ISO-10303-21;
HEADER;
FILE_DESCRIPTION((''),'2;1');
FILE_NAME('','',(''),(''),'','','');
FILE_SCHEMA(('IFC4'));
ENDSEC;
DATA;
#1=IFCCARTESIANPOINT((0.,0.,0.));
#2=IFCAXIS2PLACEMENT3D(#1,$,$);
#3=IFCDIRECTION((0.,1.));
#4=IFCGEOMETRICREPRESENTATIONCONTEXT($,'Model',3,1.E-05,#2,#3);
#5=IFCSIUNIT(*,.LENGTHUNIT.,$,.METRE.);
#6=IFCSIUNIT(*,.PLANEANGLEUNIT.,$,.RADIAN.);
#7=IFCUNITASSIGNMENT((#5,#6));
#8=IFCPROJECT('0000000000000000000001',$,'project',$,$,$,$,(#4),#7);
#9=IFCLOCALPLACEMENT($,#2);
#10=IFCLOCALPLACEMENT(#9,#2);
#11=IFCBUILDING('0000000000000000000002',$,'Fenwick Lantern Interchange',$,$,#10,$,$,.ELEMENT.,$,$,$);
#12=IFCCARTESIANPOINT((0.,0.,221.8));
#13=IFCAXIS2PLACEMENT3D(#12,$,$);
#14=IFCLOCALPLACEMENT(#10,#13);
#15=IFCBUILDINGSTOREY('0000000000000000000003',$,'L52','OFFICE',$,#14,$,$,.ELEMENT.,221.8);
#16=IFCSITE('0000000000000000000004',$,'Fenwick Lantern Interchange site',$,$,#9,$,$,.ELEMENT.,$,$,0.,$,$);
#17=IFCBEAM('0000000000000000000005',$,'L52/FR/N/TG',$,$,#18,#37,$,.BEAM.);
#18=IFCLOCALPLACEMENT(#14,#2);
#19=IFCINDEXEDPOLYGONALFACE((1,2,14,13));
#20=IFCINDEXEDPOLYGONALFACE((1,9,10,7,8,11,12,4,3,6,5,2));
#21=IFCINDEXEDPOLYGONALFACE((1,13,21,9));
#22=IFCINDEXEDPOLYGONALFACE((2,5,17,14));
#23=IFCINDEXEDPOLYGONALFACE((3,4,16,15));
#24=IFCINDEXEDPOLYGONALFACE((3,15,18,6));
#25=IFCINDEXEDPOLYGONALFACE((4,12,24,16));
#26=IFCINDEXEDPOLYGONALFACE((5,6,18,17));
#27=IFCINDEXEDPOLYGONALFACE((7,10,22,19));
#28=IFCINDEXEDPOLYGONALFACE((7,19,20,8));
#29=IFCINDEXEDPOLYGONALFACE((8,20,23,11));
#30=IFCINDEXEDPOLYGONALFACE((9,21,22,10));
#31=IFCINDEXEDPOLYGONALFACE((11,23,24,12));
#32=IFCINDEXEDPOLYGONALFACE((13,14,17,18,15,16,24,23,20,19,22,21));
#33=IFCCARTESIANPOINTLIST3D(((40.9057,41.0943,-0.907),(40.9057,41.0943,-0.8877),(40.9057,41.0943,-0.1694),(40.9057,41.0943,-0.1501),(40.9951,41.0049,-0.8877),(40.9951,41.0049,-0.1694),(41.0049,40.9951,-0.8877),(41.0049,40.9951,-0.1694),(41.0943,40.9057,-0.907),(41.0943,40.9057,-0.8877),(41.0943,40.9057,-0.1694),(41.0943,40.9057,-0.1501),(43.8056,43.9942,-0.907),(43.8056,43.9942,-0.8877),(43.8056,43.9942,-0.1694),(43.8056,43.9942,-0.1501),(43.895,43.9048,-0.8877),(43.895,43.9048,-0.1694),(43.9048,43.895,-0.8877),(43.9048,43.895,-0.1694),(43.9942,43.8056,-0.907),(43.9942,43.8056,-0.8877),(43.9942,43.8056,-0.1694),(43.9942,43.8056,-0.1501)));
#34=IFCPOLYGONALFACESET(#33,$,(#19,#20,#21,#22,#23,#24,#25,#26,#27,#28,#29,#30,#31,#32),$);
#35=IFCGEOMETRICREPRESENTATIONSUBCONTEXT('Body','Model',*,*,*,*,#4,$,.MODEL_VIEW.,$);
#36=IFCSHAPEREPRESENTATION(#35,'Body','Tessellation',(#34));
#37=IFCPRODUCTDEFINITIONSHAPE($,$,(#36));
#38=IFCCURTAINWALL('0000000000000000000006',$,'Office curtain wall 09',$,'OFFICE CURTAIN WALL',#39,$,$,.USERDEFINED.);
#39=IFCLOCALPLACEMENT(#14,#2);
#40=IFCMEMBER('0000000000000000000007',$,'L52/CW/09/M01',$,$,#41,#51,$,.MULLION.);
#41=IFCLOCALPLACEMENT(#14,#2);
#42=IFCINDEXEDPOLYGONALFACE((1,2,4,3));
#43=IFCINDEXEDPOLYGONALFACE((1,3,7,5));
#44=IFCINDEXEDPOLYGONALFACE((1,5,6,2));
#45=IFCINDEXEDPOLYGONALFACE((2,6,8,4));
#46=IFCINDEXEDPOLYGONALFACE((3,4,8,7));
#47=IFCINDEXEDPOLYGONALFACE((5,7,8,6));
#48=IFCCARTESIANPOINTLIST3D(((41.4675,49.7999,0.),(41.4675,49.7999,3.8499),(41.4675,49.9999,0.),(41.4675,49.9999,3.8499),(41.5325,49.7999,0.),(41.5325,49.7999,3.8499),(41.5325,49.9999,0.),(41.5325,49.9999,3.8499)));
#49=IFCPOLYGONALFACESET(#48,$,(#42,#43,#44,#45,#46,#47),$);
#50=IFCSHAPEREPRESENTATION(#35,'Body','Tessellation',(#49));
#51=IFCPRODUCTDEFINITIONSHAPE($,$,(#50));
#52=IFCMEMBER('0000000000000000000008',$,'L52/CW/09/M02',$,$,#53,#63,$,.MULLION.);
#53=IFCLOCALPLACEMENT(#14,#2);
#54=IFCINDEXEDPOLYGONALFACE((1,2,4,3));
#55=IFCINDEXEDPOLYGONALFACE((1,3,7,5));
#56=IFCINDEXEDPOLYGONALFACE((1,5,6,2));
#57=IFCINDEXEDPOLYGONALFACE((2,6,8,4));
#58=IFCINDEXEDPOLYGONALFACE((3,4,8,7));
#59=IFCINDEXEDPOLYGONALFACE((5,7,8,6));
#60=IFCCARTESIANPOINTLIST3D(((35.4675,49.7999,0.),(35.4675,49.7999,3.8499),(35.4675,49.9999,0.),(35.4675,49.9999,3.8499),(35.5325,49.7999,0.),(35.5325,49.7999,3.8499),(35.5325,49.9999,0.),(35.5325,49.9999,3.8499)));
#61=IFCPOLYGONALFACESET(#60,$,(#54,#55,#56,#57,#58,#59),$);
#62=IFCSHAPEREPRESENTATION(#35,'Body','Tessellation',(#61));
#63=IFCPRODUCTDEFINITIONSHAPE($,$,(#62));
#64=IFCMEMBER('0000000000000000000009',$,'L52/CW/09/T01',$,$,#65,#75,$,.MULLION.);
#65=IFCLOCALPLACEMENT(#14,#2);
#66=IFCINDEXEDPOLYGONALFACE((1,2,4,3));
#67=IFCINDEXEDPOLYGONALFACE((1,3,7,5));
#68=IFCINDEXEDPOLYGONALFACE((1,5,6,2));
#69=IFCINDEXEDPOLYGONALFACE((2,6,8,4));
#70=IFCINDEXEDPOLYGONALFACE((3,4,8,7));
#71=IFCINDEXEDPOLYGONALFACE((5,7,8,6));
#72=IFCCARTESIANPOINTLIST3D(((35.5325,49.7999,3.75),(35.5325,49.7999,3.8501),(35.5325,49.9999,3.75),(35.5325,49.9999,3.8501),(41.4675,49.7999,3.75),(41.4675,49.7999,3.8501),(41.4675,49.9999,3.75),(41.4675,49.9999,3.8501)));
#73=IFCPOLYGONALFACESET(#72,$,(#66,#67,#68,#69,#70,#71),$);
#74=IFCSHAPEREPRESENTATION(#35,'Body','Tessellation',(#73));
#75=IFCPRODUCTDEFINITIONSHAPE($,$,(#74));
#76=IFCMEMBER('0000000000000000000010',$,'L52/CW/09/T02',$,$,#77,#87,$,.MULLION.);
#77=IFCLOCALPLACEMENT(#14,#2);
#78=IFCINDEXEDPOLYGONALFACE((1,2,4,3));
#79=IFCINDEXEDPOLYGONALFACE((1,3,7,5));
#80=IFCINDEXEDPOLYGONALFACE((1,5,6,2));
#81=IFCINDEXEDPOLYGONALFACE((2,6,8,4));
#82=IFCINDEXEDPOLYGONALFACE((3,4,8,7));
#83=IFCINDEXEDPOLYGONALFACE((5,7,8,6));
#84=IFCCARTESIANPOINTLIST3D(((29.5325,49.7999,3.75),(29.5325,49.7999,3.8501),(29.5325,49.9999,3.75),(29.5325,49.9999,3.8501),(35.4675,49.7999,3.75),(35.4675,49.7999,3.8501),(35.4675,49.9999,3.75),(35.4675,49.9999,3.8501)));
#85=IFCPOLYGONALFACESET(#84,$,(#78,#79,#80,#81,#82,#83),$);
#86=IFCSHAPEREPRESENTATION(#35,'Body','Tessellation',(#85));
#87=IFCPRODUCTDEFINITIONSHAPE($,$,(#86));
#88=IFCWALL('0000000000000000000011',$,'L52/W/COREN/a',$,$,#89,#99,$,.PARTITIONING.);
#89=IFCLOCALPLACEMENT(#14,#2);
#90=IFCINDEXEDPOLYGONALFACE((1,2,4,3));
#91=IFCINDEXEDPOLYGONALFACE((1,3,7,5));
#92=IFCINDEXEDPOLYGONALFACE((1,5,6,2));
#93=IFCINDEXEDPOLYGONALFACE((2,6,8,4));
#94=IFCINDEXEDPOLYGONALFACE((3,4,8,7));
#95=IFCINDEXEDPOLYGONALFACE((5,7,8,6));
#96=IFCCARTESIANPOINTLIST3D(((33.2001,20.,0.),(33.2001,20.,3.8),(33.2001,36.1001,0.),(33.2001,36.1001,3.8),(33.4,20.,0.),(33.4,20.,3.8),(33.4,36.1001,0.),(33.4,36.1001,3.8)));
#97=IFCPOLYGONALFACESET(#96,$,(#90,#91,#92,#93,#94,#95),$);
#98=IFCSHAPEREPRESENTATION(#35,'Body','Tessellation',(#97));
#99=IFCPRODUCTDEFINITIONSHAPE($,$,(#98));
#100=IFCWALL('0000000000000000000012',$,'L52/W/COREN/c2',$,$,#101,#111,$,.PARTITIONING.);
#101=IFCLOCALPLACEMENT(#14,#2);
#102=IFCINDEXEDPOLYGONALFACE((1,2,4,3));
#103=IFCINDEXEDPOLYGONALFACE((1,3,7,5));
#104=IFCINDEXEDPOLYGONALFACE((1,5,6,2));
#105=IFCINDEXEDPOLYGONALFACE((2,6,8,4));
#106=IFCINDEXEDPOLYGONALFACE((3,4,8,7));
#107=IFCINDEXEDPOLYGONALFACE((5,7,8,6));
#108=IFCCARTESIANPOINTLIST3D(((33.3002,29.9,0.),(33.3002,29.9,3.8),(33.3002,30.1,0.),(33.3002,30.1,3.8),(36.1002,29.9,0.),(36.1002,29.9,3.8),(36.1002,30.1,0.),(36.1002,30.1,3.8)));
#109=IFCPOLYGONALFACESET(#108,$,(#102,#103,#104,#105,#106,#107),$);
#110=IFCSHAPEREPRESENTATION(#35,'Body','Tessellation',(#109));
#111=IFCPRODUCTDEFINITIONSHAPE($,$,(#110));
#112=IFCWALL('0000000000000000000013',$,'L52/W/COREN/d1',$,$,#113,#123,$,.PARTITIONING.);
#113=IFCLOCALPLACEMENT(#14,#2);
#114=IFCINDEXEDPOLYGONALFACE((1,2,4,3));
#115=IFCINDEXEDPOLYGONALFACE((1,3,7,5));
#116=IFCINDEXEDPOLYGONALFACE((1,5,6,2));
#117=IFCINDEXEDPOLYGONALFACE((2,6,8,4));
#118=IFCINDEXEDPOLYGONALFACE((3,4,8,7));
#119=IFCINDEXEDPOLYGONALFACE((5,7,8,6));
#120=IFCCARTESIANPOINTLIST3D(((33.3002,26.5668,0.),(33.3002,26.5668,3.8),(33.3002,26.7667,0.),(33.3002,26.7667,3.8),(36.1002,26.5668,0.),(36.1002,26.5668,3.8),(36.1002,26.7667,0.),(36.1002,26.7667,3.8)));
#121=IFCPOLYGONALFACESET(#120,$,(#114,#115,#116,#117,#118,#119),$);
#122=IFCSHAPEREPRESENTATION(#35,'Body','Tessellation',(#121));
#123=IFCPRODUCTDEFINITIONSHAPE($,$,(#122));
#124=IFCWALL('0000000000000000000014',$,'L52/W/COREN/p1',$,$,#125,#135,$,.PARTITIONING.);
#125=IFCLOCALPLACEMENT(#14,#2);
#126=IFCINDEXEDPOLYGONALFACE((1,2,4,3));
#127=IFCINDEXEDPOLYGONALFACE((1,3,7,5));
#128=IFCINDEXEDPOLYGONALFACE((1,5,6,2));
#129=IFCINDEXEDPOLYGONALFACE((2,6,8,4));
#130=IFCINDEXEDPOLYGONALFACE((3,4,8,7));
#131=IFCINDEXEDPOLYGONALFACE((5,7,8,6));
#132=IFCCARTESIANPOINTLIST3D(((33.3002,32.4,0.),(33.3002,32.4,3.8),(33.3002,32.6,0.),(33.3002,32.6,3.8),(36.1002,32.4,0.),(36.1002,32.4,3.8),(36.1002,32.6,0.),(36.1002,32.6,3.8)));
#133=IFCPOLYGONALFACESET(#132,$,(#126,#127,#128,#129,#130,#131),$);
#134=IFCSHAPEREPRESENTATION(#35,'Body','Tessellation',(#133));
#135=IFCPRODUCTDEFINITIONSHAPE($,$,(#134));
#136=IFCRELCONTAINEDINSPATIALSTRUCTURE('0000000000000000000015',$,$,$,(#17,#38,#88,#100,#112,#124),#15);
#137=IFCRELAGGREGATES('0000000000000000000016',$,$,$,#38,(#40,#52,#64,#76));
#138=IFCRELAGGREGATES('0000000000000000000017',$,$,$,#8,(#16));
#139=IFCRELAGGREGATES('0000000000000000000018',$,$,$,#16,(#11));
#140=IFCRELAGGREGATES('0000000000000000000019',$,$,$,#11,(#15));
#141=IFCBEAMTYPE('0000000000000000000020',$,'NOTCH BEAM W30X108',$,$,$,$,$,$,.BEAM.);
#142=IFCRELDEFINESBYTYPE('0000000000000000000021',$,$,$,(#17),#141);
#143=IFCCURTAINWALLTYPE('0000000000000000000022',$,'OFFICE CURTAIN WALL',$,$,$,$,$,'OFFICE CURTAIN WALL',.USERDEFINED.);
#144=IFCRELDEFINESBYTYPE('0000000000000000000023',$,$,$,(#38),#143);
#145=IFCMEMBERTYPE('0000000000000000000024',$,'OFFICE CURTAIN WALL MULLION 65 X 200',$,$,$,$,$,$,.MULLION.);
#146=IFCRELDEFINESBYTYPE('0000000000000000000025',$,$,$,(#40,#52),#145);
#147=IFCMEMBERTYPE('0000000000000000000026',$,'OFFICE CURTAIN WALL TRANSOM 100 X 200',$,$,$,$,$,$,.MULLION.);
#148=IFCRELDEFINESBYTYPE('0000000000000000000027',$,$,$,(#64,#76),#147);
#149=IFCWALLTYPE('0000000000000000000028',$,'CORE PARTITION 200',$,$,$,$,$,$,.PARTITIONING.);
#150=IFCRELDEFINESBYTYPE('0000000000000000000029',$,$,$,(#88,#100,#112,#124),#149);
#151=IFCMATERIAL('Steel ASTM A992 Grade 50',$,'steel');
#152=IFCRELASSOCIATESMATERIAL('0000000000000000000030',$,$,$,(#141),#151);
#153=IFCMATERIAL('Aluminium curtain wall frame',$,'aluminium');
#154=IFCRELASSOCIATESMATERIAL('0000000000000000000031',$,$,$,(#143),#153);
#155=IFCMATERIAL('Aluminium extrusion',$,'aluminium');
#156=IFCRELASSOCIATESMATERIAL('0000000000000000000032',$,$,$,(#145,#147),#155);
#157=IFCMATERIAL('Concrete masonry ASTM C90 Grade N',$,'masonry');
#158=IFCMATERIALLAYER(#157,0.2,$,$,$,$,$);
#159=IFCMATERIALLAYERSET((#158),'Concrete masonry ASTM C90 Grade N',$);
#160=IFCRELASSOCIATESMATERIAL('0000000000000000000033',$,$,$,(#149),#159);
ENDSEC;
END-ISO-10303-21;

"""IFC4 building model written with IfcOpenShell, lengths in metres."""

from ifc_helpers import new_model, si_unit, direction, frame, frame_2d, origin, origin_2d, place, context, subcontext, project, spatial, rectangle, i_section, extrude, material, layer, layer_set, material_profile, profile_set, type_object, element, aggregate, save


model = new_model("IFC4")

# Units and contexts
model_context = context("Model", 3, precision=1e-05, world=origin(), true_north=direction((0.0, 1.0)))
body_context = subcontext(model_context, "Body", "Model", "MODEL_VIEW")
ifc_project = project(units=[si_unit("LENGTHUNIT", "METRE"), si_unit("PLANEANGLEUNIT", "RADIAN")], contexts=[model_context])

# Site, building, storey
site_placement = place(None, origin())
site = spatial("IfcSite", under=ifc_project, at=site_placement, Name="Fenwick Lantern Interchange site", CompositionType="ELEMENT", RefElevation=0.0)
building_placement = place(site_placement, origin())
building = spatial("IfcBuilding", under=site, at=building_placement, Name="Fenwick Lantern Interchange", CompositionType="ELEMENT")
storey_placement = place(building_placement, frame((0.0, 0.0, 221.8)))
storey = spatial("IfcBuildingStorey", under=building, at=storey_placement, Name="L52", Description="OFFICE", CompositionType="ELEMENT", Elevation=221.8)

# Shared definitions
ifc_material_1 = material(Name="Steel ASTM A992 Grade 50", Category="steel")

# Beam
ifc_material_profile_1 = material_profile(ifc_material_1, i_section(OverallWidth=0.2666, OverallDepth=0.7568, WebThickness=0.0139, FlangeThickness=0.0193, at=origin_2d()), Name="W30X108")
ifc_profile_set_1 = profile_set([ifc_material_profile_1], Name="Steel ASTM A992 Grade 50")
beam_type_1 = type_object("IfcBeamType", Name="NOTCH BEAM W30X108", PredefinedType="BEAM", material=ifc_profile_set_1)
beam_1_placement = place(storey_placement, frame((41.0, 41.0, -0.5286), z_axis=(0.707107, 0.707107, 0.0), x_axis=(-0.707107, 0.707107, 0.0)))
element("IfcBeam", 1, at=beam_1_placement, inside=storey, type_object=beam_type_1, Name="L52/FR/N/TG", PredefinedType="BEAM", context=body_context, shape_type="SweptSolid", body=[
    extrude(i_section(OverallWidth=0.2666, OverallDepth=0.7568, WebThickness=0.0139, FlangeThickness=0.0193, at=origin_2d()), origin(), (0.0, 0.0, 1.0), 4.1011),
])

# Curtain wall, members
ifc_material_2 = material(Name="Aluminium curtain wall frame", Category="aluminium")
curtain_wall_type = type_object("IfcCurtainWallType", Name="OFFICE CURTAIN WALL", ElementType="OFFICE CURTAIN WALL", PredefinedType="USERDEFINED", material=ifc_material_2)
curtain_wall_placement = place(storey_placement, origin())
curtain_wall = element("IfcCurtainWall", 2, at=curtain_wall_placement, inside=storey, type_object=curtain_wall_type, Name="Office curtain wall 09", ObjectType="OFFICE CURTAIN WALL", PredefinedType="USERDEFINED")
ifc_material_3 = material(Name="Aluminium extrusion", Category="aluminium")
ifc_material_profile_2 = material_profile(ifc_material_3, rectangle(XDim=0.2, YDim=0.0649, at=origin_2d()), Name="OFFICE CURTAIN WALL MULLION 65 X 200")
ifc_profile_set_2 = profile_set([ifc_material_profile_2], Name="Aluminium extrusion")
member_type_1 = type_object("IfcMemberType", Name="OFFICE CURTAIN WALL MULLION 65 X 200", PredefinedType="MULLION", material=ifc_profile_set_2)
member_1_placement = place(storey_placement, frame((41.5, 49.8999, 0.0), z_axis=(0.0, 0.0, 1.0), x_axis=(0.0, -1.0, 0.0)))
member_1 = element("IfcMember", 3, at=member_1_placement, type_object=member_type_1, Name="L52/CW/09/M01", PredefinedType="MULLION", context=body_context, shape_type="SweptSolid", body=[
    extrude(rectangle(XDim=0.2, YDim=0.0649, at=origin_2d()), origin(), (0.0, 0.0, 1.0), 3.8499),
])
member_2_placement = place(storey_placement, frame((35.5, 49.8999, 0.0), z_axis=(0.0, 0.0, 1.0), x_axis=(0.0, -1.0, 0.0)))
member_2 = element("IfcMember", 4, at=member_2_placement, type_object=member_type_1, Name="L52/CW/09/M02", PredefinedType="MULLION", context=body_context, shape_type="SweptSolid", body=[
    extrude(rectangle(XDim=0.2, YDim=0.0649, at=origin_2d()), origin(), (0.0, 0.0, 1.0), 3.8499),
])
ifc_material_profile_3 = material_profile(ifc_material_3, rectangle(XDim=0.2, YDim=0.1001, at=origin_2d()), Name="OFFICE CURTAIN WALL TRANSOM 100 X 200")
ifc_profile_set_3 = profile_set([ifc_material_profile_3], Name="Aluminium extrusion")
member_type_2 = type_object("IfcMemberType", Name="OFFICE CURTAIN WALL TRANSOM 100 X 200", PredefinedType="MULLION", material=ifc_profile_set_3)
member_3_placement = place(storey_placement, frame((41.4675, 49.8999, 3.8), z_axis=(-1.0, 0.0, 0.0), x_axis=(0.0, -1.0, 0.0)))
member_3 = element("IfcMember", 5, at=member_3_placement, type_object=member_type_2, Name="L52/CW/09/T01", PredefinedType="MULLION", context=body_context, shape_type="SweptSolid", body=[
    extrude(rectangle(XDim=0.2, YDim=0.1001, at=origin_2d()), origin(), (0.0, 0.0, 1.0), 5.9351),
])
member_4_placement = place(storey_placement, frame((35.4675, 49.8999, 3.8), z_axis=(-1.0, 0.0, 0.0), x_axis=(0.0, -1.0, 0.0)))
member_4 = element("IfcMember", 6, at=member_4_placement, type_object=member_type_2, Name="L52/CW/09/T02", PredefinedType="MULLION", context=body_context, shape_type="SweptSolid", body=[
    extrude(rectangle(XDim=0.2, YDim=0.1001, at=origin_2d()), origin(), (0.0, 0.0, 1.0), 5.9351),
])
aggregate(curtain_wall, [member_1, member_2, member_3, member_4])

# Walls
ifc_material_4 = material(Name="Concrete masonry ASTM C90 Grade N", Category="masonry")
ifc_layer_1 = layer(ifc_material_4, 0.2)
ifc_layer_set_1 = layer_set([ifc_layer_1], Name="Concrete masonry ASTM C90 Grade N")
wall_type_1 = type_object("IfcWallType", Name="CORE PARTITION 200", PredefinedType="PARTITIONING", material=ifc_layer_set_1)
wall_1_placement = place(storey_placement, frame((33.3, 36.1001, 0.0), z_axis=(0.0, 0.0, 1.0), x_axis=(0.0, -1.0, 0.0)))
element("IfcWall", 7, at=wall_1_placement, inside=storey, type_object=wall_type_1, Name="L52/W/COREN/a", PredefinedType="PARTITIONING", context=body_context, shape_type="SweptSolid", body=[
    extrude(rectangle(XDim=16.1001, YDim=0.2, at=frame_2d((8.05, 0.0))), origin(), (0.0, 0.0, 1.0), 3.8),
])
for number, where, z_axis, x_axis, name in (
    (8, (36.1001, 30.0, 0.0), (0.0, 0.0, 1.0), (-1.0, 0.0, 0.0), "L52/W/COREN/c2"),
    (9, (36.1001, 26.6667, 0.0), (0.0, 0.0, 1.0), (-1.0, 0.0, 0.0), "L52/W/COREN/d1"),
    (10, (36.1001, 32.5, 0.0), (0.0, 0.0, 1.0), (-1.0, 0.0, 0.0), "L52/W/COREN/p1"),
):
    element("IfcWall", number, at=place(storey_placement, frame(where, z_axis=z_axis, x_axis=x_axis)), inside=storey, type_object=wall_type_1, Name=name, PredefinedType="PARTITIONING", context=body_context, shape_type="SweptSolid", body=[
        extrude(rectangle(XDim=2.8, YDim=0.2, at=frame_2d((1.3999, 0.0))), origin(), (0.0, 0.0, 1.0), 3.8),
    ])

save(model, "model.ifc")
